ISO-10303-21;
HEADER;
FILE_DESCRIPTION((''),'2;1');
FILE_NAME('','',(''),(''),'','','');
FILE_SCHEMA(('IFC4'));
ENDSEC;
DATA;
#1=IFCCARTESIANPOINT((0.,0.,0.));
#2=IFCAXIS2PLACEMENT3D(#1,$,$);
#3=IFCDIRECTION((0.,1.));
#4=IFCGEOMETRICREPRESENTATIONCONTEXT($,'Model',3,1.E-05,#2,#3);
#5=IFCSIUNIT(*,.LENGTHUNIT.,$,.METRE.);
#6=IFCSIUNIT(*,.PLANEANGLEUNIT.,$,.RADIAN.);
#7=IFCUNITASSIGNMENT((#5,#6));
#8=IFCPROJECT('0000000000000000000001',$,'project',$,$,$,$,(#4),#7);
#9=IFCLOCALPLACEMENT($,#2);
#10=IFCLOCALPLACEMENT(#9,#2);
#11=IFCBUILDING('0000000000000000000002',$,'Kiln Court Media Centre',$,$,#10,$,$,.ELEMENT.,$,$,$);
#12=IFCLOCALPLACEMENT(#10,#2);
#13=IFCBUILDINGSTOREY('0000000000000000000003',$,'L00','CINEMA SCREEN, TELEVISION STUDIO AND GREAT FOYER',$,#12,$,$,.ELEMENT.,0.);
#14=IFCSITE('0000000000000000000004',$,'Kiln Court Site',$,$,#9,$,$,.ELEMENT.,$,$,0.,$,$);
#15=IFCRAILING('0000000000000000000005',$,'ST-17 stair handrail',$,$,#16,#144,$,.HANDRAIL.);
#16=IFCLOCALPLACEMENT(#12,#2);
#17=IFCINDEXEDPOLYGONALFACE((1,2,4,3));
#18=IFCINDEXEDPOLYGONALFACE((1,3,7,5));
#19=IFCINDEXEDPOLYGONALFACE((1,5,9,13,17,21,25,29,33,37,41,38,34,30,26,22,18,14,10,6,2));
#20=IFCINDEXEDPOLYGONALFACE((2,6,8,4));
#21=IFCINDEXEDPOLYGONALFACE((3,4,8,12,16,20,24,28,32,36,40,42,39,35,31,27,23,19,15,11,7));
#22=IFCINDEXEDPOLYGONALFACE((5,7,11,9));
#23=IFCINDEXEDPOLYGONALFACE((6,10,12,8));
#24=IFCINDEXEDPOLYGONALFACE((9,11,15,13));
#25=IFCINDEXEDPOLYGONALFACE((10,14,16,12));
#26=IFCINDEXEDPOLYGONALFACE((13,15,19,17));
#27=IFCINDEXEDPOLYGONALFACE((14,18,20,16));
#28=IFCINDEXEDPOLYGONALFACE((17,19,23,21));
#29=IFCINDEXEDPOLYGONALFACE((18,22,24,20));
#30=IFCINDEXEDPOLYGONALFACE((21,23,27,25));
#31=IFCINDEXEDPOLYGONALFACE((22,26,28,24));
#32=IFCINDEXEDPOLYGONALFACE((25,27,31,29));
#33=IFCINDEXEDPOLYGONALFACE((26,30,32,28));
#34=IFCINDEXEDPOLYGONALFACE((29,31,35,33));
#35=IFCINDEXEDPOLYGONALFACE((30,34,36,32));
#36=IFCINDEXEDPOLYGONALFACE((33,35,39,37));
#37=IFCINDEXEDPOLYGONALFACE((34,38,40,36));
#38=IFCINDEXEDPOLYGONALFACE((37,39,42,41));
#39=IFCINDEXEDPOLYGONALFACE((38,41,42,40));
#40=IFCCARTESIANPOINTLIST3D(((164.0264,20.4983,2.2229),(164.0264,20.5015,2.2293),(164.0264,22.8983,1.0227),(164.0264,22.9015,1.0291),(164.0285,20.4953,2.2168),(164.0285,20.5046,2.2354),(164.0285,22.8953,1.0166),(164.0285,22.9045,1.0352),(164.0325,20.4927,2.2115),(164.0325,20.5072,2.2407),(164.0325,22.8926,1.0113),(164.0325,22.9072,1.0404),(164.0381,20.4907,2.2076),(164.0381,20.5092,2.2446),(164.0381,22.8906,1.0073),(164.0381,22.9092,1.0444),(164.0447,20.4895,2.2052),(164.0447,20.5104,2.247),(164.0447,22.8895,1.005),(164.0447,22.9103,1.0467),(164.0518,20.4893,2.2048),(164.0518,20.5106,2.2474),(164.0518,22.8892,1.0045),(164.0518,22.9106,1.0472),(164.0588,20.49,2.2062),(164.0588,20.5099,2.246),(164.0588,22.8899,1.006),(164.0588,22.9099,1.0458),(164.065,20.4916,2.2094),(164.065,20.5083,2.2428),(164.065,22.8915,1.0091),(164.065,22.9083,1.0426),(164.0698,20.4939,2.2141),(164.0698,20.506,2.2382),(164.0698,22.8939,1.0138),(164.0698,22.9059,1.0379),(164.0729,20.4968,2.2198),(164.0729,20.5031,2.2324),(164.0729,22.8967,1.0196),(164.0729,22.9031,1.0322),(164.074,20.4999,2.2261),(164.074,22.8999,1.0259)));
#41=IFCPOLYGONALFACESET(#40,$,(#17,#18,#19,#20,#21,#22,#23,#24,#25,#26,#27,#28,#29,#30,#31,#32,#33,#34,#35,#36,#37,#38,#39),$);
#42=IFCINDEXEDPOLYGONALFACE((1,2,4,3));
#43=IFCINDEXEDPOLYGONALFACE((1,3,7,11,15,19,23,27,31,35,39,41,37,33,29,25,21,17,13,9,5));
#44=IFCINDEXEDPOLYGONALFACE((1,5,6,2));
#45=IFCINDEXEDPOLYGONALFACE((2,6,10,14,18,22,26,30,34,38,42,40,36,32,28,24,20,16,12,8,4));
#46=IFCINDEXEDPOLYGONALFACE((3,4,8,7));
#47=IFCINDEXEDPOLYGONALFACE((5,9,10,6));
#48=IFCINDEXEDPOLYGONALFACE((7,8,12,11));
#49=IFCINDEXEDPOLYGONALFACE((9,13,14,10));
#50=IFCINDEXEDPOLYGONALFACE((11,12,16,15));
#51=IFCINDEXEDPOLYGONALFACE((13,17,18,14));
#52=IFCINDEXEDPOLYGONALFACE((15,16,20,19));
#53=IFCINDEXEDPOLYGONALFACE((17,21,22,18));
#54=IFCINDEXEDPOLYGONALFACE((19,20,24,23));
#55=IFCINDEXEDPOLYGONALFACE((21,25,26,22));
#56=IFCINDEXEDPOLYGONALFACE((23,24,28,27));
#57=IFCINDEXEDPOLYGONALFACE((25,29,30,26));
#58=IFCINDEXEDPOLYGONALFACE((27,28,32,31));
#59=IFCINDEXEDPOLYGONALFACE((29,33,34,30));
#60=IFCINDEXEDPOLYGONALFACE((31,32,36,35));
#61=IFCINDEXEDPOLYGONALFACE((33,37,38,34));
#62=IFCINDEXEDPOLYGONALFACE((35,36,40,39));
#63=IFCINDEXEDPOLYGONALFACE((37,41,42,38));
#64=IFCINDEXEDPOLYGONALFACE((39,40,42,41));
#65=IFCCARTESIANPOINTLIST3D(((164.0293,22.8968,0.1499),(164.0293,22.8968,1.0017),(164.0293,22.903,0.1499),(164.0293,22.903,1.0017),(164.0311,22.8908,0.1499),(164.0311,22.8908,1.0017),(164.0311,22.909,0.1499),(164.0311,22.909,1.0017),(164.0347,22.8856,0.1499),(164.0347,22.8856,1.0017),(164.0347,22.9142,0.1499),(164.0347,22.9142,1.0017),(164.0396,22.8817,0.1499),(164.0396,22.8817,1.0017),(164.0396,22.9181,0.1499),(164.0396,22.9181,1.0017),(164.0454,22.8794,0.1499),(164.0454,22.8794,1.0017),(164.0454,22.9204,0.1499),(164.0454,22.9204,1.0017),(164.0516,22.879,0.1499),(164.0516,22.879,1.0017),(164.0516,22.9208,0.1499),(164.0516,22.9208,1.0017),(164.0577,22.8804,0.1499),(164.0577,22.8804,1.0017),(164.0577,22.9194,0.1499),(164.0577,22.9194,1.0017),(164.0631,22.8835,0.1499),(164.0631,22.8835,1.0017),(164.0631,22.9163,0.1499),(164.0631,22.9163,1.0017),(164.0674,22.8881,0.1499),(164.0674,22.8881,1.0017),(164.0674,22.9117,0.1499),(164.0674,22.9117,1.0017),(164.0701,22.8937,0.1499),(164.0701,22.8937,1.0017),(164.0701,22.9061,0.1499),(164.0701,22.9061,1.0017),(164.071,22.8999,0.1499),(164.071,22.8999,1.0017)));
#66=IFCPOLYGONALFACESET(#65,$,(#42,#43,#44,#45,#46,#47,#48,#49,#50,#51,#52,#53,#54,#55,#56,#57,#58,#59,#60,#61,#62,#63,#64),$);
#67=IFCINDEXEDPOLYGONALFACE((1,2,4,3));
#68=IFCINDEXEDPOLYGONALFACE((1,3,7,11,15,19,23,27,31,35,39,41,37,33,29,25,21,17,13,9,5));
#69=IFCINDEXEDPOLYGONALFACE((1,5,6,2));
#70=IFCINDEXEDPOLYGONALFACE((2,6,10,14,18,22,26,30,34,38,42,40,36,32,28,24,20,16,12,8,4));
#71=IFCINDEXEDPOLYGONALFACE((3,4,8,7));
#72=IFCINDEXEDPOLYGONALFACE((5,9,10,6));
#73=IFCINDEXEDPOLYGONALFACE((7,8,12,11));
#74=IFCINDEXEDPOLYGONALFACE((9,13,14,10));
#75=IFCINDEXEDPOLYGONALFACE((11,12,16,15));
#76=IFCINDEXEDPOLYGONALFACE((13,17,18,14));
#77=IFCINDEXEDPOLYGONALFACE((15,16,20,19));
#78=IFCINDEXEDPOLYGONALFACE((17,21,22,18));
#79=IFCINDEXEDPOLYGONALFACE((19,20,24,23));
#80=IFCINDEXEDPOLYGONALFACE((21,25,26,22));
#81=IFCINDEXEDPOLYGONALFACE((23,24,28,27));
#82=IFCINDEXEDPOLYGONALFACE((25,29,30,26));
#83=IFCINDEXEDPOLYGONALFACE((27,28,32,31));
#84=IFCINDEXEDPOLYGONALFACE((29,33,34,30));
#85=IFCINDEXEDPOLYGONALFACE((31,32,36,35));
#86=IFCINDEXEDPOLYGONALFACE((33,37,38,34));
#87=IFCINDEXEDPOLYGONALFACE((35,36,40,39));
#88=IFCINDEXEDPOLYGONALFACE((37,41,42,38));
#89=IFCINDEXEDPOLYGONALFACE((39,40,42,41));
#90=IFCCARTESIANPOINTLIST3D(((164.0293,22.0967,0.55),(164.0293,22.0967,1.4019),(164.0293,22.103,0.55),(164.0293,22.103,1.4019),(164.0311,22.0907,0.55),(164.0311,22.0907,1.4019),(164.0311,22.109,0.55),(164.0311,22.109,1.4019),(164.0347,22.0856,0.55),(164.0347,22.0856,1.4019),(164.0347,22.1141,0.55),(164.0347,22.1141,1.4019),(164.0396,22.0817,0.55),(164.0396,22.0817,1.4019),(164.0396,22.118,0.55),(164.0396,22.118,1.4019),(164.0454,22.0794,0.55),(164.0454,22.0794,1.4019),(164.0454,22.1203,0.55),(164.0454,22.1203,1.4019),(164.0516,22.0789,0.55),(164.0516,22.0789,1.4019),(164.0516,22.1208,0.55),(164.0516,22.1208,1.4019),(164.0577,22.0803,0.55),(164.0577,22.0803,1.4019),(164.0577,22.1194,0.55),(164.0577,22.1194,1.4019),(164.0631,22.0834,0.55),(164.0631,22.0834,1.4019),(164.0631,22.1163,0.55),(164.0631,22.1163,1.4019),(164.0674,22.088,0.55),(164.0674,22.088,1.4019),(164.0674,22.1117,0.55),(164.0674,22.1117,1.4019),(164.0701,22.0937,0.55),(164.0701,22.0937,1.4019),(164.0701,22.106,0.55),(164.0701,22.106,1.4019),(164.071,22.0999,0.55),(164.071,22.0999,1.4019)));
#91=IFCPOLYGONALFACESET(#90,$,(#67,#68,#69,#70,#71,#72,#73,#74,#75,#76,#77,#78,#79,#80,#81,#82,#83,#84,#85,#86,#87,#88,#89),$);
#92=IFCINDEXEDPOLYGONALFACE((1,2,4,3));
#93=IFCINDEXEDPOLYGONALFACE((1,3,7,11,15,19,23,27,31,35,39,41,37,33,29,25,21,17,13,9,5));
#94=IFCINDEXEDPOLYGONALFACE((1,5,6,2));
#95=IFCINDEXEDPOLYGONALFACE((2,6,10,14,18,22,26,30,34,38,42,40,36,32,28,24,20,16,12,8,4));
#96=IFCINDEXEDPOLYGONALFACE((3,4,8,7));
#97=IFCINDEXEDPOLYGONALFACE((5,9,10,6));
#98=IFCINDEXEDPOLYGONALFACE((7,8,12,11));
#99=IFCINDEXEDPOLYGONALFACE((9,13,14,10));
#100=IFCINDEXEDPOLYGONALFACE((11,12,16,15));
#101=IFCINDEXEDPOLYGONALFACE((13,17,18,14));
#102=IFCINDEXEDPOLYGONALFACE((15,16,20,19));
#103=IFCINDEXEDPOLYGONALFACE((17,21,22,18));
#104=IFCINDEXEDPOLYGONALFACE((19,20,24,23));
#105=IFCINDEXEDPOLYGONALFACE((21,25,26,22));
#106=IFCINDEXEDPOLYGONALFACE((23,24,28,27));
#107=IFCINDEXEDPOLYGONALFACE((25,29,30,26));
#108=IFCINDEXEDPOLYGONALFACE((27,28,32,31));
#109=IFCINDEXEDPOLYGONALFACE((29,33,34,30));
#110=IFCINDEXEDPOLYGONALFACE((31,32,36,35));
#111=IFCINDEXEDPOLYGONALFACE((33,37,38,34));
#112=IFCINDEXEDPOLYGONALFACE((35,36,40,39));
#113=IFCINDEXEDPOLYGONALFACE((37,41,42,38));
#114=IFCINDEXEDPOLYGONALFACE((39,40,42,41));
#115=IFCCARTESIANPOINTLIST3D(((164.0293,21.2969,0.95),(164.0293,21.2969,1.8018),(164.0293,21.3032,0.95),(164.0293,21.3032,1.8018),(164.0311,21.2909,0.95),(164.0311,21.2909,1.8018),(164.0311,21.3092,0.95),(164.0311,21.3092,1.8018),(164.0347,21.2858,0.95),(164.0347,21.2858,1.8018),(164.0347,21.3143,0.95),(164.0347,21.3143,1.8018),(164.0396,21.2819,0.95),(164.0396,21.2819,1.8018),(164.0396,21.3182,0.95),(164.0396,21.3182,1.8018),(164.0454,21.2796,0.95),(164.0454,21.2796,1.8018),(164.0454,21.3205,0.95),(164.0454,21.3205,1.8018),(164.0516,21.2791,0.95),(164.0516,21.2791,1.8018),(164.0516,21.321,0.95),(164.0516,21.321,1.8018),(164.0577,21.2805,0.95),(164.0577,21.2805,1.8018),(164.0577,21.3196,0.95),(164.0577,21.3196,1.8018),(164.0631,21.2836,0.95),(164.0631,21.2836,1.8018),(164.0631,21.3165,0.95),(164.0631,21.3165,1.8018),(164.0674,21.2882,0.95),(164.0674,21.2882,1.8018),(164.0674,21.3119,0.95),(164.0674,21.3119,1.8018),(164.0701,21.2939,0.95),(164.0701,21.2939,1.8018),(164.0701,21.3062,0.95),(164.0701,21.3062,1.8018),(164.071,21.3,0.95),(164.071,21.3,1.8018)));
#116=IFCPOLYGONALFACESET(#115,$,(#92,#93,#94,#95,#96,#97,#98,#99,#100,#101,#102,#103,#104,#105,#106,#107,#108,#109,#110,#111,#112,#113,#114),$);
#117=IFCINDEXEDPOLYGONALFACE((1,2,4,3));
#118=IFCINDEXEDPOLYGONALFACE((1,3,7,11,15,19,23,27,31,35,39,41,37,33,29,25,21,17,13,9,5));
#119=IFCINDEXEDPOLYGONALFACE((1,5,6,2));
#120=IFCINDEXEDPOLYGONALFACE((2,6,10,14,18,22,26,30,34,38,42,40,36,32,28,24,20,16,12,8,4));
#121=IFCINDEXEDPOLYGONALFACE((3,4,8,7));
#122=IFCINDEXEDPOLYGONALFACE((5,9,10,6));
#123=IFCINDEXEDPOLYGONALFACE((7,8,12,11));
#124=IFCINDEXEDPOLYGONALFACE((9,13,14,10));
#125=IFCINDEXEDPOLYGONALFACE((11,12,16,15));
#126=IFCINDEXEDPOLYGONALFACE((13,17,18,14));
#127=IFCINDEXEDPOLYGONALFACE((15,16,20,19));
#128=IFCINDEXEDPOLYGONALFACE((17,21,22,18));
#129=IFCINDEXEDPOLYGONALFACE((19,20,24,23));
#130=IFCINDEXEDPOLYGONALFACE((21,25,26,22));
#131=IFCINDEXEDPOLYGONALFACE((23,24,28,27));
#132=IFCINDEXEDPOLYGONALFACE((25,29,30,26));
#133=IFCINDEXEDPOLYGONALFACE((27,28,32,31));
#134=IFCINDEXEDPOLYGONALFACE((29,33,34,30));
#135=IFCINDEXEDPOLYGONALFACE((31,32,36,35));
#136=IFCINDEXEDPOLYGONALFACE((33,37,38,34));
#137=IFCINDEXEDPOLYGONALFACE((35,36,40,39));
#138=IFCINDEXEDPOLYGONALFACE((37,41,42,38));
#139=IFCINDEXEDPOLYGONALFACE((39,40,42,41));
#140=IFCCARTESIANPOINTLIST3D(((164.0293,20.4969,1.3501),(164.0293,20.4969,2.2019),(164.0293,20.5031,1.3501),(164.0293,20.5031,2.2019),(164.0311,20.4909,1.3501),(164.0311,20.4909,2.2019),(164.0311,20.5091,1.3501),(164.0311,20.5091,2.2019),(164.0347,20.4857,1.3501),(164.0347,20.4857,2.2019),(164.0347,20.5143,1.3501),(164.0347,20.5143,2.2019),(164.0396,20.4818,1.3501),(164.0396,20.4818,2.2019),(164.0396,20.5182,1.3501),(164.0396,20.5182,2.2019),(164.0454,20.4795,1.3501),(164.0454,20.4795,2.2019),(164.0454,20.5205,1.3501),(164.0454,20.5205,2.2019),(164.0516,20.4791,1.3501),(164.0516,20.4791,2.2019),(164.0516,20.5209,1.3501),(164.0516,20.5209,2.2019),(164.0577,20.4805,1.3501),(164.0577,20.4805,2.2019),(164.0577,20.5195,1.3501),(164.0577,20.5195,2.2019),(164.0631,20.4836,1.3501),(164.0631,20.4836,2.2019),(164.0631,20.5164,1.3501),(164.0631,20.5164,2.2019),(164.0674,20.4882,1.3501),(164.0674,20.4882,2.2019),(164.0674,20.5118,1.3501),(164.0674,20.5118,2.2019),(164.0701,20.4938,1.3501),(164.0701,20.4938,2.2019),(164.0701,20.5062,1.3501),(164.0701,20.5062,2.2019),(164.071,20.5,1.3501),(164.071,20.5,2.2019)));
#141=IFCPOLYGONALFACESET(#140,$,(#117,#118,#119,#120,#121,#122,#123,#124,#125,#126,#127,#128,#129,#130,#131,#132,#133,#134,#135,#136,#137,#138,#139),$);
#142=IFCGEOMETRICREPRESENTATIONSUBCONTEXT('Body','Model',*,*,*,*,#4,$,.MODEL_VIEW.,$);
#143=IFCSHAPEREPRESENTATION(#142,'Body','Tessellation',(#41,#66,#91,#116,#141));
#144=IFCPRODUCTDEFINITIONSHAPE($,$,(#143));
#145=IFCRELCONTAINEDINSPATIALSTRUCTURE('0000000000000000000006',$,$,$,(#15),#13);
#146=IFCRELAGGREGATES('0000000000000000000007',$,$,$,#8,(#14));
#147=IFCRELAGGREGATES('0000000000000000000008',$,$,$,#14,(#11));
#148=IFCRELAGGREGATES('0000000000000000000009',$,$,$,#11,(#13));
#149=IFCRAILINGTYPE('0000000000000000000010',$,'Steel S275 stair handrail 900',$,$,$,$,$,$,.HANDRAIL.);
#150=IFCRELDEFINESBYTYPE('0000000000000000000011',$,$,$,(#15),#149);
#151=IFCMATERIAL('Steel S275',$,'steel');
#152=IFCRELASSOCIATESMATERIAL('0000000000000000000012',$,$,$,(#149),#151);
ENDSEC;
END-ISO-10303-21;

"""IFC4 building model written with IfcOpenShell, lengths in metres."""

from ifc_helpers import new_model, si_unit, direction, frame, origin, origin_2d, place, context, subcontext, project, spatial, circle, extrude, material, type_object, element, save


model = new_model("IFC4")

# Units and contexts
model_context = context("Model", 3, precision=1e-05, world=origin(), true_north=direction((0.0, 1.0)))
body_context = subcontext(model_context, "Body", "Model", "MODEL_VIEW")
ifc_project = project(units=[si_unit("LENGTHUNIT", "METRE"), si_unit("PLANEANGLEUNIT", "RADIAN")], contexts=[model_context])

# Site, building, storey
site_placement = place(None, origin())
site = spatial("IfcSite", under=ifc_project, at=site_placement, Name="Kiln Court Site", CompositionType="ELEMENT", RefElevation=0.0)
building_placement = place(site_placement, origin())
building = spatial("IfcBuilding", under=site, at=building_placement, Name="Kiln Court Media Centre", CompositionType="ELEMENT")
storey_placement = place(building_placement, origin())
storey = spatial("IfcBuildingStorey", under=building, at=storey_placement, Name="L00", Description="CINEMA SCREEN, TELEVISION STUDIO AND GREAT FOYER", CompositionType="ELEMENT", Elevation=0.0)

# Railing
ifc_material_1 = material(Name="Steel S275", Category="steel")
railing_type_1 = type_object("IfcRailingType", Name="Steel S275 stair handrail 900", PredefinedType="HANDRAIL", material=ifc_material_1)
railing_1_placement = place(storey_placement, frame((164.05, 22.8999, 0.1499)))
element("IfcRailing", 1, at=railing_1_placement, inside=storey, type_object=railing_type_1, Name="ST-17 stair handrail", PredefinedType="HANDRAIL", context=body_context, shape_type="SweptSolid", body=[
    extrude(circle(Radius=0.0239, at=origin_2d()), frame((0.0, 0.0, 0.876), z_axis=(0.0, -0.894391, 0.447286), x_axis=(1.0, 0.0, 0.0)), (0.0, 0.0, 1.0), 2.6833),
    extrude(circle(Radius=0.021, at=origin_2d()), origin(), (0.0, 0.0, 1.0), 0.8518),
    extrude(circle(Radius=0.021, at=origin_2d()), frame((0.0, -0.8, 0.4001)), (0.0, 0.0, 1.0), 0.8518),
    extrude(circle(Radius=0.021, at=origin_2d()), frame((0.0, -1.5999, 0.8)), (0.0, 0.0, 1.0), 0.8518),
    extrude(circle(Radius=0.021, at=origin_2d()), frame((0.0, -2.3999, 1.2002)), (0.0, 0.0, 1.0), 0.8518),
])

save(model, "model.ifc")
